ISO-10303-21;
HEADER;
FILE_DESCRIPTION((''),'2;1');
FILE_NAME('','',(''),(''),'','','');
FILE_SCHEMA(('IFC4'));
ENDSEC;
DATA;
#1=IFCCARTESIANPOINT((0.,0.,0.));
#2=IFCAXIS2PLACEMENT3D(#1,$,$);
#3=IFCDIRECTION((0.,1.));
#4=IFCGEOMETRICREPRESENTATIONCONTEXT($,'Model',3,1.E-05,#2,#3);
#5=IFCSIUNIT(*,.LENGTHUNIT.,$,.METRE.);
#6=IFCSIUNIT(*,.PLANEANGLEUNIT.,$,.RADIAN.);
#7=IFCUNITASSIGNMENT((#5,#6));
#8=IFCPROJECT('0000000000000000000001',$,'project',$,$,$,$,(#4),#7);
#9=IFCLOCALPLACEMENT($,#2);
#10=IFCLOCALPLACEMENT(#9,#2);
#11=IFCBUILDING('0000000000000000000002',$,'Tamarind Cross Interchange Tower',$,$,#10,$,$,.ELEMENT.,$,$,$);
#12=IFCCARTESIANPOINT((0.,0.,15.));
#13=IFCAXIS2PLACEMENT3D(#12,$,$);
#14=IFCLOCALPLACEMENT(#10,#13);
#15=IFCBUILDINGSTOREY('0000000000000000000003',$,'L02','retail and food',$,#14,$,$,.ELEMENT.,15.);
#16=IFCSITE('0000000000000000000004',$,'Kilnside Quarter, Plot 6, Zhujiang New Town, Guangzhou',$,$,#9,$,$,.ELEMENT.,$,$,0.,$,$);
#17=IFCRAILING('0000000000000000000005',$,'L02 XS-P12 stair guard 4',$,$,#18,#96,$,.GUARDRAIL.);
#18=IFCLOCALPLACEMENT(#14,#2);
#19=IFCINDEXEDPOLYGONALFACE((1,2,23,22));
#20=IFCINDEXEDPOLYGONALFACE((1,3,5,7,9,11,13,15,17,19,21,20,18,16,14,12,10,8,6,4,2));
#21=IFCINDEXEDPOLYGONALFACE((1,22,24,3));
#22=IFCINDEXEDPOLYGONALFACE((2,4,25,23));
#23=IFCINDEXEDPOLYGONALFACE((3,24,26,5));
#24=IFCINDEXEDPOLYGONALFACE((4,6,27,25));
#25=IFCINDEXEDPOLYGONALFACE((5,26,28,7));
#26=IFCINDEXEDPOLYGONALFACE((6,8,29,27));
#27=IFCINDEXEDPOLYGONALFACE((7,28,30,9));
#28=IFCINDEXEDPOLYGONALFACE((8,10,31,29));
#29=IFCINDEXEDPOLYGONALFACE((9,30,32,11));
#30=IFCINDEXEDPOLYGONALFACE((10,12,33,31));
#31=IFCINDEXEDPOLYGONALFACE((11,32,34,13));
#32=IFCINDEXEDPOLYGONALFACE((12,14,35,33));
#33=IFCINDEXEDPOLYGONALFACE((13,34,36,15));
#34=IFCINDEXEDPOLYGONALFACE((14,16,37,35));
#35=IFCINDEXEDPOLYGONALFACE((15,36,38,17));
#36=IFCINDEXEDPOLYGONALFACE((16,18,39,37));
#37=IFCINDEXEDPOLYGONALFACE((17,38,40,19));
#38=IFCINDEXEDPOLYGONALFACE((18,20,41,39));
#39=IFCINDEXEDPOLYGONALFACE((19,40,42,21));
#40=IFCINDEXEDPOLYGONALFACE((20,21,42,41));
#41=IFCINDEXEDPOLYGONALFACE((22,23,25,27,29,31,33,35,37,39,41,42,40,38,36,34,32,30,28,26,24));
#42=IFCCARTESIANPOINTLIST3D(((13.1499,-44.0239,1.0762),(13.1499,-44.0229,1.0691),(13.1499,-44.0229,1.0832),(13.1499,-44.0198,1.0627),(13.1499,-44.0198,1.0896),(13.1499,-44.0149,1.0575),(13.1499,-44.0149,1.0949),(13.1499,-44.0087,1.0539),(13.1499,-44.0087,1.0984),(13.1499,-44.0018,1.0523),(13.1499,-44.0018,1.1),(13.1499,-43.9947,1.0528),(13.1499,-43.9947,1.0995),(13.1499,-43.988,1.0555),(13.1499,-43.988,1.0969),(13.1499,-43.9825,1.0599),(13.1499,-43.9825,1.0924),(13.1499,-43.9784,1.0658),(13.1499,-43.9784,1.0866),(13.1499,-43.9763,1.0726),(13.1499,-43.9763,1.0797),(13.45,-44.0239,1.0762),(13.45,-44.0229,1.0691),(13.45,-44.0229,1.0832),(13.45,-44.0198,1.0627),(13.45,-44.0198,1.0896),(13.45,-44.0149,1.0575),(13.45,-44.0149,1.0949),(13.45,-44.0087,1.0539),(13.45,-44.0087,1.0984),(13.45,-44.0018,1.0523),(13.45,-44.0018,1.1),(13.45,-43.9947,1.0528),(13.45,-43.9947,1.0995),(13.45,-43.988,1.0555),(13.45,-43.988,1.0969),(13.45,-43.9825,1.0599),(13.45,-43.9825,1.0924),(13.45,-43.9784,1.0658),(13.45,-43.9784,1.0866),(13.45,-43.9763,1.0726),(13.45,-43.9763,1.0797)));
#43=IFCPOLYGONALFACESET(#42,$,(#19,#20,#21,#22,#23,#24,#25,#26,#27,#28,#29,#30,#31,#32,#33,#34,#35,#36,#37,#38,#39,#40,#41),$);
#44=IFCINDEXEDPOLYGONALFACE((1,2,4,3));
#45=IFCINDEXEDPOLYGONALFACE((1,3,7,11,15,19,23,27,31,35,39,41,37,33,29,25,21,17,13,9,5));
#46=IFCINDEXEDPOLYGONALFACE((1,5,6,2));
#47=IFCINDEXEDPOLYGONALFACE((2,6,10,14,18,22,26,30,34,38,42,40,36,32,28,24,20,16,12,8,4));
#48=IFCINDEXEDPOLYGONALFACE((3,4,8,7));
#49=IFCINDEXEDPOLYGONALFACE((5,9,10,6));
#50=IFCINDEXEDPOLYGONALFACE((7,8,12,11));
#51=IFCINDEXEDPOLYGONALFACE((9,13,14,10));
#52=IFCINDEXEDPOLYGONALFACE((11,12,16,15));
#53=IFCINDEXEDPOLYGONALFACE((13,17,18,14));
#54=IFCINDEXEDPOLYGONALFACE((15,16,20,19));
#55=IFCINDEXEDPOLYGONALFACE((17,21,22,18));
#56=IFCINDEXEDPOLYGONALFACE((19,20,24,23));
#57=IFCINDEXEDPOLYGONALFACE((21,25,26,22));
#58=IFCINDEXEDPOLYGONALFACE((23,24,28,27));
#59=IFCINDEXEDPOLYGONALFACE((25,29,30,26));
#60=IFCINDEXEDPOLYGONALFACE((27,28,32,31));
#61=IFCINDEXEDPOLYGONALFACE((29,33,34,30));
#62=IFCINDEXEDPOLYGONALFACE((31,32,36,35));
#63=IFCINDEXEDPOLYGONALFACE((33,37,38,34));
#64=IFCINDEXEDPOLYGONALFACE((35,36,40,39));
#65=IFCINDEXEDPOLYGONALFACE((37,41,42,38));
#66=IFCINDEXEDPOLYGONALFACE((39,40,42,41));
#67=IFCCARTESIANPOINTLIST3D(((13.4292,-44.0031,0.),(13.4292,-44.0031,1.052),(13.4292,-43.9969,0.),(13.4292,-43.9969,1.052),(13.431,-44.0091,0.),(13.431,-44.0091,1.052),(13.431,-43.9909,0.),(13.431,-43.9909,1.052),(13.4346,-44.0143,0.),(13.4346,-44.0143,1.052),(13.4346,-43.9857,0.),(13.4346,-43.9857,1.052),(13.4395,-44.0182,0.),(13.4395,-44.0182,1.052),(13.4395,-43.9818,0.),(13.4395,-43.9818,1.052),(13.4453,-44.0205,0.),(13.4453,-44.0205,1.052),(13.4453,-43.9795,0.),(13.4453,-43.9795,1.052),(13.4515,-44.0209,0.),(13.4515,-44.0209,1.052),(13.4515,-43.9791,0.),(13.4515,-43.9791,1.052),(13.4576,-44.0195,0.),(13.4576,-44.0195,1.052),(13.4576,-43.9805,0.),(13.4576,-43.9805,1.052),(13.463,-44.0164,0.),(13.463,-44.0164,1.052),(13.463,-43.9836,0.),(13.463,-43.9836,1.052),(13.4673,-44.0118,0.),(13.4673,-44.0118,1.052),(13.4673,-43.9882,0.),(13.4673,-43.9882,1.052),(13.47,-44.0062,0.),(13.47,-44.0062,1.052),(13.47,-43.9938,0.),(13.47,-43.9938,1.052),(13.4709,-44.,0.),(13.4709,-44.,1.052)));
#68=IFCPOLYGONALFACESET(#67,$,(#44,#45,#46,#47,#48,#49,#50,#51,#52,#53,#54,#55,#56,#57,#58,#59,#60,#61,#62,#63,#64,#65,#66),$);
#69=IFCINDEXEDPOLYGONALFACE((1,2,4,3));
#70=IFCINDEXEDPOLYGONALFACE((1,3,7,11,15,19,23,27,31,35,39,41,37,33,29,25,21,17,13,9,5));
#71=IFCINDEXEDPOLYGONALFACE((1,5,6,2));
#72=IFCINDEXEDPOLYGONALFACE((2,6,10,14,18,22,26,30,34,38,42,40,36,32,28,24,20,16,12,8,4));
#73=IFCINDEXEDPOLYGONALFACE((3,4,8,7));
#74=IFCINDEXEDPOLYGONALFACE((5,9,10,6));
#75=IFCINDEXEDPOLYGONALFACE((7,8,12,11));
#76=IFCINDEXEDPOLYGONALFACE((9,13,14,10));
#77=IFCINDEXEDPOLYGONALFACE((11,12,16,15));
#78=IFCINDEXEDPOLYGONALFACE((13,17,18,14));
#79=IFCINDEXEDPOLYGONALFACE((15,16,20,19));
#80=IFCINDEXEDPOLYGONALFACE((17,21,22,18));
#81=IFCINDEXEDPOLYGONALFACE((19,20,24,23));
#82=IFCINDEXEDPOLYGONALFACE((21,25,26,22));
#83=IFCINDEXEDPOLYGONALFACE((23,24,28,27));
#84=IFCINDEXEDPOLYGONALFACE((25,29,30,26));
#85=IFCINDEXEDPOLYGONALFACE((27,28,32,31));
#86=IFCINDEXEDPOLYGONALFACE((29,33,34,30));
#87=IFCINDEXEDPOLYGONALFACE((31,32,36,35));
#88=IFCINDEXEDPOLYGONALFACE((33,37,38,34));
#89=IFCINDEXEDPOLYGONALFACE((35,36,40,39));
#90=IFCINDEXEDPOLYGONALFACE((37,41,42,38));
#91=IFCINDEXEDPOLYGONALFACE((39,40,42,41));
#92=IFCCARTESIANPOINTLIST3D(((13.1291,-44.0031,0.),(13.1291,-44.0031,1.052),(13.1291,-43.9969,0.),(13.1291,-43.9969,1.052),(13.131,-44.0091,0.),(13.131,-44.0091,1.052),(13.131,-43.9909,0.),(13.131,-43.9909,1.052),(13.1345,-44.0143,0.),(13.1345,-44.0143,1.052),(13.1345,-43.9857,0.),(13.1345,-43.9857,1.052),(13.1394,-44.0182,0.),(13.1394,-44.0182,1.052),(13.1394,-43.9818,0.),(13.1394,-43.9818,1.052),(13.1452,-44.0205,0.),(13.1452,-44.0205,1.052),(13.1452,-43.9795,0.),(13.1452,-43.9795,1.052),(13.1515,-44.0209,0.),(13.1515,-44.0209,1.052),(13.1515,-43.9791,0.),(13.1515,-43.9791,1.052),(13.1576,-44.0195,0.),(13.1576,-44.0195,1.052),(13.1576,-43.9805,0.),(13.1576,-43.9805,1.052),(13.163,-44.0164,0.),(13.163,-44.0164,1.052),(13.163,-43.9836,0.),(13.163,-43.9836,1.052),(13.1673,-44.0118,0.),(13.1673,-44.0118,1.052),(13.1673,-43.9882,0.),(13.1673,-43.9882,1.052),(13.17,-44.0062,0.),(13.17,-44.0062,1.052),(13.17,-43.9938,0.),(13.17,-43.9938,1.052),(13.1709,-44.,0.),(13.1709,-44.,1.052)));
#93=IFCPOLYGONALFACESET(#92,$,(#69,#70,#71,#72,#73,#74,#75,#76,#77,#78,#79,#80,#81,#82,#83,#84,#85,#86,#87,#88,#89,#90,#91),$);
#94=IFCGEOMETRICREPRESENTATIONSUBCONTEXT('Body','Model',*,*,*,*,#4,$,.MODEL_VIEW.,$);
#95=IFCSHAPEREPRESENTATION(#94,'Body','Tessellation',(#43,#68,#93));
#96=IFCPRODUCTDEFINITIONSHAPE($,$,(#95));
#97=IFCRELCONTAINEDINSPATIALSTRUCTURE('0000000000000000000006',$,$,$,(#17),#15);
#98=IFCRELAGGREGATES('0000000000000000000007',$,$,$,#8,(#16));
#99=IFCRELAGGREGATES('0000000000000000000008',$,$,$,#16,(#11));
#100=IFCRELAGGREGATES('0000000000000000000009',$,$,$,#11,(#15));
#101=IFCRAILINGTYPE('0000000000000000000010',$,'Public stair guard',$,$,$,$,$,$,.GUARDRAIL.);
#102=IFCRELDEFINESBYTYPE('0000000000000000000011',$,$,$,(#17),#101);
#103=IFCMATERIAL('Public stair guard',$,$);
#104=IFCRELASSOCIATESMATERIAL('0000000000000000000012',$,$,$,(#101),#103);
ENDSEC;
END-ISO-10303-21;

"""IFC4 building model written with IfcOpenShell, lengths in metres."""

from ifc_helpers import new_model, si_unit, direction, frame, origin, origin_2d, place, context, subcontext, project, spatial, circle, extrude, material, type_object, element, save


model = new_model("IFC4")

# Units and contexts
model_context = context("Model", 3, precision=1e-05, world=origin(), true_north=direction((0.0, 1.0)))
body_context = subcontext(model_context, "Body", "Model", "MODEL_VIEW")
ifc_project = project(units=[si_unit("LENGTHUNIT", "METRE"), si_unit("PLANEANGLEUNIT", "RADIAN")], contexts=[model_context])

# Site, building, storey
site_placement = place(None, origin())
site = spatial("IfcSite", under=ifc_project, at=site_placement, Name="Kilnside Quarter, Plot 6, Zhujiang New Town, Guangzhou", CompositionType="ELEMENT", RefElevation=0.0)
building_placement = place(site_placement, origin())
building = spatial("IfcBuilding", under=site, at=building_placement, Name="Tamarind Cross Interchange Tower", CompositionType="ELEMENT")
storey_placement = place(building_placement, frame((0.0, 0.0, 15.0)))
storey = spatial("IfcBuildingStorey", under=building, at=storey_placement, Name="L02", Description="retail and food", CompositionType="ELEMENT", Elevation=15.0)

# Railing
ifc_material_1 = material(Name="Public stair guard")
railing_type_1 = type_object("IfcRailingType", Name="Public stair guard", PredefinedType="GUARDRAIL", material=ifc_material_1)
railing_1_placement = place(storey_placement, frame((13.45, -44.0, 0.0)))
element("IfcRailing", 1, at=railing_1_placement, inside=storey, type_object=railing_type_1, Name="L02 XS-P12 stair guard 4", PredefinedType="GUARDRAIL", context=body_context, shape_type="SweptSolid", body=[
    extrude(circle(Radius=0.0239, at=origin_2d()), frame((0.0, 0.0, 1.0762), z_axis=(-1.0, 0.0, 0.0), x_axis=(0.0, -1.0, 0.0)), (0.0, 0.0, 1.0), 0.3),
    extrude(circle(Radius=0.021, at=origin_2d()), origin(), (0.0, 0.0, 1.0), 1.052),
    extrude(circle(Radius=0.021, at=origin_2d()), frame((-0.3, 0.0, 0.0)), (0.0, 0.0, 1.0), 1.052),
])

save(model, "model.ifc")
